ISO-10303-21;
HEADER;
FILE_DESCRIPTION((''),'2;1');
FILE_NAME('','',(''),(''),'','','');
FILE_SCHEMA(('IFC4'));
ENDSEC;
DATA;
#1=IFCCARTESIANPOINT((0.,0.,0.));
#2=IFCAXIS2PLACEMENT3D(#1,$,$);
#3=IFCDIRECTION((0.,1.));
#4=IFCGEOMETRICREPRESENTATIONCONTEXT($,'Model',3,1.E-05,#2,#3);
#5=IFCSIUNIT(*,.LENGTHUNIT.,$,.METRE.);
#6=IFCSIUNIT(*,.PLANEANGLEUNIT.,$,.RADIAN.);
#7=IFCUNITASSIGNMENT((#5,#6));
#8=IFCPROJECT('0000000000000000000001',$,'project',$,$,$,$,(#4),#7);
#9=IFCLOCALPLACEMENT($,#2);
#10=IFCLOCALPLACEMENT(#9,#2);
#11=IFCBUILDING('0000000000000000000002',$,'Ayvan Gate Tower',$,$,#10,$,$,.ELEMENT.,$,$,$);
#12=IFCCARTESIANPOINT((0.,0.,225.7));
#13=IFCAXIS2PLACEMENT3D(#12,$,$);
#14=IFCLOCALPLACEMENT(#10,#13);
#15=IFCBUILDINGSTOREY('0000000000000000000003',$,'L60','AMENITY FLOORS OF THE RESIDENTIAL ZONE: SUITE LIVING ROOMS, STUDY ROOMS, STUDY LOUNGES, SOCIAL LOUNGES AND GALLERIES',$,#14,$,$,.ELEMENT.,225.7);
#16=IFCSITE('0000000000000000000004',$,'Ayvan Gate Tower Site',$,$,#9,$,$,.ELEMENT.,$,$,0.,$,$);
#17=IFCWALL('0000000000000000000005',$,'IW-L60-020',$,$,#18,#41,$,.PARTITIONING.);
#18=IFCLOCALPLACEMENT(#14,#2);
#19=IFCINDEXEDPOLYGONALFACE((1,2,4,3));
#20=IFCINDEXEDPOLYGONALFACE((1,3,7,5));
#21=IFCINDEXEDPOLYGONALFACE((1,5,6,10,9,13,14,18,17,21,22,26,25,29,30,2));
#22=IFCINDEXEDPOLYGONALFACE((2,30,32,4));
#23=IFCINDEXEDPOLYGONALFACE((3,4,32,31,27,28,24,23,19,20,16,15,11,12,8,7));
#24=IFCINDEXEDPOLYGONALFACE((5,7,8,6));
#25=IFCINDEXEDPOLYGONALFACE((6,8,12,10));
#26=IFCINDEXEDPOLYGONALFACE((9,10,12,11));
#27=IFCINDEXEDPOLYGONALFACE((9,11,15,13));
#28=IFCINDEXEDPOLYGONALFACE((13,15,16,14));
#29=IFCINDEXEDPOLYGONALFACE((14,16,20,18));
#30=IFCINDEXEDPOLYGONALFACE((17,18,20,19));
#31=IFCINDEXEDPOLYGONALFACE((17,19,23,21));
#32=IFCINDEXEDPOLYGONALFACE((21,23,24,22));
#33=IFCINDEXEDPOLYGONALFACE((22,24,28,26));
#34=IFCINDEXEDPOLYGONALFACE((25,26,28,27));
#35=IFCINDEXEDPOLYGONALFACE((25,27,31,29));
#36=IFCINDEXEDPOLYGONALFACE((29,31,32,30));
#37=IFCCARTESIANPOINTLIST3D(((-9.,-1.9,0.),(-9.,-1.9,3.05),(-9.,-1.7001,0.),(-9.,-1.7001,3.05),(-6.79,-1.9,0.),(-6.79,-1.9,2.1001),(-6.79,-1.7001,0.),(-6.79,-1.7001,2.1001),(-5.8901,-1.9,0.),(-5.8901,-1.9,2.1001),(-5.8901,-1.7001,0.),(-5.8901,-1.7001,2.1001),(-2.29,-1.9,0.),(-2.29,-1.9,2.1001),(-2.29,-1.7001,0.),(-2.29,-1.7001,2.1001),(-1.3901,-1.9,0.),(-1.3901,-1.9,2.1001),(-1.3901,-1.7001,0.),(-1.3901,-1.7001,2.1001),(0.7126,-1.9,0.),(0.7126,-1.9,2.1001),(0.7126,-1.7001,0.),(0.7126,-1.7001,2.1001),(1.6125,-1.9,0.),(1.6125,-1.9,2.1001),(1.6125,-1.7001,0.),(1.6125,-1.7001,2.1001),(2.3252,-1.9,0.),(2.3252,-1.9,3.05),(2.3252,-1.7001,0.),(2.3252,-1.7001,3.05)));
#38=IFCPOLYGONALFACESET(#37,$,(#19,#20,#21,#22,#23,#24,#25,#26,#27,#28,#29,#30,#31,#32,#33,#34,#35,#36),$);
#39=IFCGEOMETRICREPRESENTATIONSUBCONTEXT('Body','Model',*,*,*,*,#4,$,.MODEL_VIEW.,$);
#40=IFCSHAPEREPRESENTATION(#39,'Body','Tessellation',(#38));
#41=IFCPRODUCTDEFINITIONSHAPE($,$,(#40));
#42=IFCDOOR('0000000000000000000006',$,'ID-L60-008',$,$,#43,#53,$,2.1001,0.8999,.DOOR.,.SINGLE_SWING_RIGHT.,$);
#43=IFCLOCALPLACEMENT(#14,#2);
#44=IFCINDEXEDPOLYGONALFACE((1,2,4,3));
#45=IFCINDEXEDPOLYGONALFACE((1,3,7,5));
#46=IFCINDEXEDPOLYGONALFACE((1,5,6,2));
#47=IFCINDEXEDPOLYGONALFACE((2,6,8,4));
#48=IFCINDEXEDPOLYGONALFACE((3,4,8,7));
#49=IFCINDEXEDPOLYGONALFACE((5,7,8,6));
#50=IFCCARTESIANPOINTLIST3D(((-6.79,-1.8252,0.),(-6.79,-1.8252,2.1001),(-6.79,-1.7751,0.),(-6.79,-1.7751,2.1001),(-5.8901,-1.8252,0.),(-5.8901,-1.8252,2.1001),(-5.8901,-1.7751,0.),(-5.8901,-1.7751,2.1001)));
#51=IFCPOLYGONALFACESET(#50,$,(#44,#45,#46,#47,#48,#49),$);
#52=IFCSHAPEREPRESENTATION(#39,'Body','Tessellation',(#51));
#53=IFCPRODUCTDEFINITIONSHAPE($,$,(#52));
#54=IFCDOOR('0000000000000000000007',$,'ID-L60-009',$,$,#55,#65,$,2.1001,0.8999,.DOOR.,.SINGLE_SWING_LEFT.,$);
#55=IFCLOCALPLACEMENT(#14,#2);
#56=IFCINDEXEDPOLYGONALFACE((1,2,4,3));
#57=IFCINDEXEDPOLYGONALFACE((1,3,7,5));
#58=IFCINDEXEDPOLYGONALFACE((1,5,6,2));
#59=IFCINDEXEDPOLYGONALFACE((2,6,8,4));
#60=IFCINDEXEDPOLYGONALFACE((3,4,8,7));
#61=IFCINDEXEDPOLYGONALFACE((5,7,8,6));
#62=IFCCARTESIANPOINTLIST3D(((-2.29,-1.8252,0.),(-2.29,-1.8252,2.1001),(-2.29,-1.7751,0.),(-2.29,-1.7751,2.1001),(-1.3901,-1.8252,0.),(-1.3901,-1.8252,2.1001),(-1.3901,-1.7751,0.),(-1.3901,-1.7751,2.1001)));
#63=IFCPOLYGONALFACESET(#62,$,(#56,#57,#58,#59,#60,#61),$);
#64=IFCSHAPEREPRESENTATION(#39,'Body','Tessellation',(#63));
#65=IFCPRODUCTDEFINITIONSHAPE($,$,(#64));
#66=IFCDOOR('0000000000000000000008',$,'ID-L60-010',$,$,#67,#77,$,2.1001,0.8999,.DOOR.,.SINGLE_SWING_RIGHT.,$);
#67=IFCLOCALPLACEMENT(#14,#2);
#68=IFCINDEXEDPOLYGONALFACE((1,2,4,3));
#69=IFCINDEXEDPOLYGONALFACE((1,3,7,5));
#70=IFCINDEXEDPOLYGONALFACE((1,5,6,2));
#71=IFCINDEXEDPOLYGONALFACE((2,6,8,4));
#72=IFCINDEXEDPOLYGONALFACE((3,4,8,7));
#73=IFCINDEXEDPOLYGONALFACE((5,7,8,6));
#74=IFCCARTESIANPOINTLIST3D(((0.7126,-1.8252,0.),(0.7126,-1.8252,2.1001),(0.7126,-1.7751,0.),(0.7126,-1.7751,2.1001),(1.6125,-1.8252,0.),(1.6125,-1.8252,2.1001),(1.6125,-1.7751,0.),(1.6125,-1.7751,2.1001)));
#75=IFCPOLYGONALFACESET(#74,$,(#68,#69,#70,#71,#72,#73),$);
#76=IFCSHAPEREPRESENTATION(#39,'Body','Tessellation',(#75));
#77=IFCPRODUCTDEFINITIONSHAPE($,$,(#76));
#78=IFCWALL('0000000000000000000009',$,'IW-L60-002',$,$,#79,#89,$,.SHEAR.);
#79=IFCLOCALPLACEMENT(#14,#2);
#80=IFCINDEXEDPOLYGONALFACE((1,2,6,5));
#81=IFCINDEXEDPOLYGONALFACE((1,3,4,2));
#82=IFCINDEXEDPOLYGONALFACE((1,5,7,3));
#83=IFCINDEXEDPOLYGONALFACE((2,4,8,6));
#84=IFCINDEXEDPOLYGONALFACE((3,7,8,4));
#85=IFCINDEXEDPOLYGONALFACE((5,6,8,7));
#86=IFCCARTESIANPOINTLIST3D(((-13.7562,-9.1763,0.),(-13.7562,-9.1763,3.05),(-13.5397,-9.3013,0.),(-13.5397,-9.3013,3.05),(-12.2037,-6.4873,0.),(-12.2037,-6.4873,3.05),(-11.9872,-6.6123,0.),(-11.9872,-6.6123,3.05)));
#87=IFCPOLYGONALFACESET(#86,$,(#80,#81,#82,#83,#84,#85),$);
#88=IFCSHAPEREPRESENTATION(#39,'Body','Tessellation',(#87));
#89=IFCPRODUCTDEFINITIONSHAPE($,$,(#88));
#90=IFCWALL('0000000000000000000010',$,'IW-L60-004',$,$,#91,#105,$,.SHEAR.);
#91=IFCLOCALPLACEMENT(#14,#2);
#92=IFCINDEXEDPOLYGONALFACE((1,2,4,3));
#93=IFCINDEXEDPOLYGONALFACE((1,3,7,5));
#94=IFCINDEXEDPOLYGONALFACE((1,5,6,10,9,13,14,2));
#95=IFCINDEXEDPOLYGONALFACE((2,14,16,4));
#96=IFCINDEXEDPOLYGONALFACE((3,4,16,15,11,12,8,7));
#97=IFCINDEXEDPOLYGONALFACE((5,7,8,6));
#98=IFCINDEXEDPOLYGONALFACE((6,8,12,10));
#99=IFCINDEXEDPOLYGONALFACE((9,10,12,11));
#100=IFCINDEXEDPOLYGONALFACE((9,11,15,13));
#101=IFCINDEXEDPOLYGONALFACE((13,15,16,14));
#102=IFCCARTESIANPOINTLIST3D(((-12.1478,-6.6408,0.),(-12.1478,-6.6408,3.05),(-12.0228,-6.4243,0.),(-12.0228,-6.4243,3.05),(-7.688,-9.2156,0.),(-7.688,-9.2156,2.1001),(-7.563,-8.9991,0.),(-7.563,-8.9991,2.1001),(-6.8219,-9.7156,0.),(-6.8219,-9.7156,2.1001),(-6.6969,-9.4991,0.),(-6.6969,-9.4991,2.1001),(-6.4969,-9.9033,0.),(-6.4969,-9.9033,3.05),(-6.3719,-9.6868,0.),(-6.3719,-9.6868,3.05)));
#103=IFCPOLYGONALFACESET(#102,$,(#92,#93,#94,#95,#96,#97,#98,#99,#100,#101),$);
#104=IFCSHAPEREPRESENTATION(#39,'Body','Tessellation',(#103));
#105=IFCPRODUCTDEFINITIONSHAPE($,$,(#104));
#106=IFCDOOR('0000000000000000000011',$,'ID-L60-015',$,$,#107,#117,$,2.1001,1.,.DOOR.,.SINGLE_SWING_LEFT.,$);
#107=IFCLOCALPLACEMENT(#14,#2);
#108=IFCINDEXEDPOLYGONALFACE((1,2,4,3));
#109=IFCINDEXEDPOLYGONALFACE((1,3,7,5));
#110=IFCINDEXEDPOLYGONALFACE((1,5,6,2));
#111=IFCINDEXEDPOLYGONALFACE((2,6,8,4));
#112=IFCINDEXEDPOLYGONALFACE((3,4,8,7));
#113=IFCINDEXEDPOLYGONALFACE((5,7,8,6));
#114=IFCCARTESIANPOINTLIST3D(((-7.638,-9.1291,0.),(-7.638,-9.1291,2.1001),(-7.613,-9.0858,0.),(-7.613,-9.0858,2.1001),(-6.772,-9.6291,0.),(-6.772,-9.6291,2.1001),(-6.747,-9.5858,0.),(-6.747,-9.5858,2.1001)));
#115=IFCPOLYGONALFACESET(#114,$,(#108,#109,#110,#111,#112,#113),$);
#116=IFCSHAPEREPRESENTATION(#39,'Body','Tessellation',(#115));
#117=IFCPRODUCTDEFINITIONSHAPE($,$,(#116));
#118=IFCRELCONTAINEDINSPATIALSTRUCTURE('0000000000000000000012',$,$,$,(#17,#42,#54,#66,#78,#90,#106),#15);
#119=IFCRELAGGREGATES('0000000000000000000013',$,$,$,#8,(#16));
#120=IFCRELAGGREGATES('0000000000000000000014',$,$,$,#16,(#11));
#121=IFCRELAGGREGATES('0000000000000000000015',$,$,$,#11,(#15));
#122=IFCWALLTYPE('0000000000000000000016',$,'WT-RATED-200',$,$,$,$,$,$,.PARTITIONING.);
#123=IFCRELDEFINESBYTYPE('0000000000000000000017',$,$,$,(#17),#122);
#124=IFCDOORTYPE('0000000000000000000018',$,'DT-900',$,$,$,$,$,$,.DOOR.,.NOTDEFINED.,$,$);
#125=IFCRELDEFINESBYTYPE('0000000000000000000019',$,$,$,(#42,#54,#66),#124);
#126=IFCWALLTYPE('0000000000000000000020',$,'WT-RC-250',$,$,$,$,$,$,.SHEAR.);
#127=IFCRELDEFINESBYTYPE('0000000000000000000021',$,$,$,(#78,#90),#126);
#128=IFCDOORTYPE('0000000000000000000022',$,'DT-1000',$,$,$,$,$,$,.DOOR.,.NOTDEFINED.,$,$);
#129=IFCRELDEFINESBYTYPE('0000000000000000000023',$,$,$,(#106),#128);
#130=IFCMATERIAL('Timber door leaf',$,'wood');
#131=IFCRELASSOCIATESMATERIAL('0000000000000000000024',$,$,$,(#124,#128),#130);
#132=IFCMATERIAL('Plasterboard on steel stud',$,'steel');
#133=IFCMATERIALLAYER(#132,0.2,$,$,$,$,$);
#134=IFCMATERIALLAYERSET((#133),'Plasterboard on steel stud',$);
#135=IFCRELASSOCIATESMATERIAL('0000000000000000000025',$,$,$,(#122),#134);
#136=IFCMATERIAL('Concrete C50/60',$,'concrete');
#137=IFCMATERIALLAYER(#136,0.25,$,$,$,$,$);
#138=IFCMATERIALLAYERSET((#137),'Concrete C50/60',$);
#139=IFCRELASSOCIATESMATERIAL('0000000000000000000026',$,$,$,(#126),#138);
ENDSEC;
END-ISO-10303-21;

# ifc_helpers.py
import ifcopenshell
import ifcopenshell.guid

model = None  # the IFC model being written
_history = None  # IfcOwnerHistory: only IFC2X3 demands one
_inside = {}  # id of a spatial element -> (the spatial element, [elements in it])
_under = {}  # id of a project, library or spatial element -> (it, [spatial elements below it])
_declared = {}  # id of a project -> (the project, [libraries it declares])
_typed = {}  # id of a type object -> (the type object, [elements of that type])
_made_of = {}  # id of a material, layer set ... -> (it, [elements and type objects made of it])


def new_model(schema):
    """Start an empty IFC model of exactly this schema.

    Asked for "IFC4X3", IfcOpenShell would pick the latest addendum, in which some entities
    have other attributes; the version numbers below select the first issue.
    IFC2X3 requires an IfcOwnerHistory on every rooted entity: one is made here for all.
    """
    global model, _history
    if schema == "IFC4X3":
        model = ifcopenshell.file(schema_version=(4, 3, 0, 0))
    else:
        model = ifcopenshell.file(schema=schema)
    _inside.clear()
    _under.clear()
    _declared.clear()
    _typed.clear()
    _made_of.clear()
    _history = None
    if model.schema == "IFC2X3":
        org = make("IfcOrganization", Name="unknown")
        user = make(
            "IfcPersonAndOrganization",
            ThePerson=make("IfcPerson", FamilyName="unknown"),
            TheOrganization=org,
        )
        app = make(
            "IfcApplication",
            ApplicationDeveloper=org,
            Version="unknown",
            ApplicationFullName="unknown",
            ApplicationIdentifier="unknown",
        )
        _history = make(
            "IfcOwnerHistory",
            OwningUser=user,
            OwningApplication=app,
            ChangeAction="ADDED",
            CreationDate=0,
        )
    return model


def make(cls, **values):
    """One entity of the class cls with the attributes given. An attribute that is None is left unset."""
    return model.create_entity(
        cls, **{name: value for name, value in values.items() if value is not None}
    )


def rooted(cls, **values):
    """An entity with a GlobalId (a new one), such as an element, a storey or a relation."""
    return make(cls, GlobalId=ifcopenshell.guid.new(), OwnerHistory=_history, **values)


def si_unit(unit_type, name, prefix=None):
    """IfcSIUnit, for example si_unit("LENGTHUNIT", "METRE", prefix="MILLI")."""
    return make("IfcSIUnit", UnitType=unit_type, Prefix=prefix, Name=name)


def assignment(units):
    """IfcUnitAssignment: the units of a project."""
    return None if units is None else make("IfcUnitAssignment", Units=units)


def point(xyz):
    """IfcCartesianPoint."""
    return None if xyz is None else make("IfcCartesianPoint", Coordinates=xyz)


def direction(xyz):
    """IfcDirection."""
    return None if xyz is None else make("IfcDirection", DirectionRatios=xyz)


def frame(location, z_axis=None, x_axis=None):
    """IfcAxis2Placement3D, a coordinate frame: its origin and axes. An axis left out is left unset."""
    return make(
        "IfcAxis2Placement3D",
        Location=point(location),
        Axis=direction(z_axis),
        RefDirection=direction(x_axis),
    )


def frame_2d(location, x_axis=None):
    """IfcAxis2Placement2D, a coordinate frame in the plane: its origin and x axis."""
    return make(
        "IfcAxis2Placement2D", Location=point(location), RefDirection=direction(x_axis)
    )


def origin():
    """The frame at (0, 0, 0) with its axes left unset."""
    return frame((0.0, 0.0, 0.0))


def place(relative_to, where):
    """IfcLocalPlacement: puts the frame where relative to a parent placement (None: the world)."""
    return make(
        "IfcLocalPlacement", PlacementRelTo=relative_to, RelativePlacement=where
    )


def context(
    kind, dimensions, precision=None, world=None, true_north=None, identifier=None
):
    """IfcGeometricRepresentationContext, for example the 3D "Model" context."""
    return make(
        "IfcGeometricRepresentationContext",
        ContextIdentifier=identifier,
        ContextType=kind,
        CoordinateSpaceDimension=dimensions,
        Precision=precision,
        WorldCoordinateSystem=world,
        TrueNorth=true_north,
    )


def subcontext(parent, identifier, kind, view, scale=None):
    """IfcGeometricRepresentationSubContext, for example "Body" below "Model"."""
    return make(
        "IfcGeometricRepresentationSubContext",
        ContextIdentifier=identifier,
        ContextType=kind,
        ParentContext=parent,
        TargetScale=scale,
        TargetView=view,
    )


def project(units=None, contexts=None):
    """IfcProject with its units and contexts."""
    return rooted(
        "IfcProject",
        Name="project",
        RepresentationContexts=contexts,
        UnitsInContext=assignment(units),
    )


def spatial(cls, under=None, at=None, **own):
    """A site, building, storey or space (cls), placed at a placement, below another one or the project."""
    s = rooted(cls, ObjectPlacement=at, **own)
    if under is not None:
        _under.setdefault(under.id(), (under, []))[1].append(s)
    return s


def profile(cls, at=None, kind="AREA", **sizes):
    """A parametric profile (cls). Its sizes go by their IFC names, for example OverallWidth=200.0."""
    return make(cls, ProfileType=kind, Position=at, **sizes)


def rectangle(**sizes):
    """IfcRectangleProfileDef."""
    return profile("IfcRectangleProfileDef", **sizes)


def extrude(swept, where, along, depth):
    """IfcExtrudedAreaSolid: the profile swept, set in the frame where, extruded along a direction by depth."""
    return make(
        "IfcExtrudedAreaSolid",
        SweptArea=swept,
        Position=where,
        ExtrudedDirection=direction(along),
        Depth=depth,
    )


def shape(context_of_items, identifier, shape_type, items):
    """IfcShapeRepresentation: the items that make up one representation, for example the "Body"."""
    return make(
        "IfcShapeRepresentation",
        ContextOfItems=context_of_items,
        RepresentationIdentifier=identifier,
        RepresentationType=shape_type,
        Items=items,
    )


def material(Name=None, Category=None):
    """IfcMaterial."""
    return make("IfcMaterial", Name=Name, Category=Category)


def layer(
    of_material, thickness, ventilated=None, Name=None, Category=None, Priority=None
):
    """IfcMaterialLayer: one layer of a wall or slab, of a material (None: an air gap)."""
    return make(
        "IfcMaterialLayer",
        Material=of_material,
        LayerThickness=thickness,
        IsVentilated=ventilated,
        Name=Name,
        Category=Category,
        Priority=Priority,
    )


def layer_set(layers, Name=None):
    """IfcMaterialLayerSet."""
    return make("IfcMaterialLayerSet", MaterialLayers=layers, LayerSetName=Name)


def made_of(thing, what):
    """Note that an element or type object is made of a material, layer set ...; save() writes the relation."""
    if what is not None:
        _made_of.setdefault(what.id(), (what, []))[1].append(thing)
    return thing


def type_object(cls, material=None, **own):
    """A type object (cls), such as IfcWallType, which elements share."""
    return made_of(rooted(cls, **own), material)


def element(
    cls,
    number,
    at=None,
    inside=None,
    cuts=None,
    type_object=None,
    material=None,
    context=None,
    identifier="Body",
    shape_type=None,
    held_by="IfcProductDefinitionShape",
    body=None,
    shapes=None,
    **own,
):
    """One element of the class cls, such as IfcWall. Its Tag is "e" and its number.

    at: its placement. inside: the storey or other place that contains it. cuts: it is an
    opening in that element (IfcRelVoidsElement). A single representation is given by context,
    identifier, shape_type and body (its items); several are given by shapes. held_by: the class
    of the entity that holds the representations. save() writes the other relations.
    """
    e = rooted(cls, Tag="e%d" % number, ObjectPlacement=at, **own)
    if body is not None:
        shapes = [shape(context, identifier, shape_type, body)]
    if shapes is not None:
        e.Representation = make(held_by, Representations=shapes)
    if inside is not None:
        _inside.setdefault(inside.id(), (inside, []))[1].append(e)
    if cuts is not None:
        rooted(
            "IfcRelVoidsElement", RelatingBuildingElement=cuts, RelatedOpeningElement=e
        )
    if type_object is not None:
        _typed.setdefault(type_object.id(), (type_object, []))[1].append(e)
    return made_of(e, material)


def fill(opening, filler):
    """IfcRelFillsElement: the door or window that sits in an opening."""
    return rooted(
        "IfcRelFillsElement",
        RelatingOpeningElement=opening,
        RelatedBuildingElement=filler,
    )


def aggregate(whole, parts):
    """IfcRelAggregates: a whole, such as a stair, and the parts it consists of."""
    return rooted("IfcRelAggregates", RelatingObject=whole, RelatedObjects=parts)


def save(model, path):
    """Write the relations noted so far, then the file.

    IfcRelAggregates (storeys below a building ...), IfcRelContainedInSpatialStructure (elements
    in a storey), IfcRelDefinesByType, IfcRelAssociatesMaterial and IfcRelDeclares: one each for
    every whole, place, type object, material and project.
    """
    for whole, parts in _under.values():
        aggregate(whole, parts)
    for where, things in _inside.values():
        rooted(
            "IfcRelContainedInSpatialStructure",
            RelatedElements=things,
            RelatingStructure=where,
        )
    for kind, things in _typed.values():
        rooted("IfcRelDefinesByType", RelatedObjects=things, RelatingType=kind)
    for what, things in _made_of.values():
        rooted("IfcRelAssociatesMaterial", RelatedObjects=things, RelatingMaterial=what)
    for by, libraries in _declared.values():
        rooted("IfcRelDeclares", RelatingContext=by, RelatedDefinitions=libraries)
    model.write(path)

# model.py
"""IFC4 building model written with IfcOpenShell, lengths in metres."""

from ifc_helpers import new_model, si_unit, direction, frame, frame_2d, origin, place, context, subcontext, project, spatial, rectangle, extrude, material, layer, layer_set, type_object, element, fill, save


model = new_model("IFC4")

# Units and contexts
model_context = context("Model", 3, precision=1e-05, world=origin(), true_north=direction((0.0, 1.0)))
body_context = subcontext(model_context, "Body", "Model", "MODEL_VIEW")
ifc_project = project(units=[si_unit("LENGTHUNIT", "METRE"), si_unit("PLANEANGLEUNIT", "RADIAN")], contexts=[model_context])

# Site, building, storey
site_placement = place(None, origin())
site = spatial("IfcSite", under=ifc_project, at=site_placement, Name="Ayvan Gate Tower Site", CompositionType="ELEMENT", RefElevation=0.0)
building_placement = place(site_placement, origin())
building = spatial("IfcBuilding", under=site, at=building_placement, Name="Ayvan Gate Tower", CompositionType="ELEMENT")
storey_placement = place(building_placement, frame((0.0, 0.0, 225.7)))
storey = spatial("IfcBuildingStorey", under=building, at=storey_placement, Name="L60", Description="AMENITY FLOORS OF THE RESIDENTIAL ZONE: SUITE LIVING ROOMS, STUDY ROOMS, STUDY LOUNGES, SOCIAL LOUNGES AND GALLERIES", CompositionType="ELEMENT", Elevation=225.7)

# Shared definitions
ifc_material_1 = material(Name="Timber door leaf", Category="wood")
door_type_1 = type_object("IfcDoorType", Name="DT-900", OperationType="NOTDEFINED", PredefinedType="DOOR", material=ifc_material_1)
ifc_material_2 = material(Name="Plasterboard on steel stud", Category="steel")
door_type_2 = type_object("IfcDoorType", Name="DT-1000", OperationType="NOTDEFINED", PredefinedType="DOOR", material=ifc_material_1)

# Shared definitions
ifc_layer_1 = layer(ifc_material_2, 0.2)
ifc_layer_set_1 = layer_set([ifc_layer_1], Name="Plasterboard on steel stud")
wall_type_1 = type_object("IfcWallType", Name="WT-RATED-200", PredefinedType="PARTITIONING", material=ifc_layer_set_1)

# Wall, openings, doors
wall_1_placement = place(storey_placement, frame((-9.0, -1.8, 0.0), z_axis=(0.0, 0.0, 1.0), x_axis=(1.0, 0.0, 0.0)))
wall_1 = element("IfcWall", 1, at=wall_1_placement, inside=storey, type_object=wall_type_1, Name="IW-L60-020", PredefinedType="PARTITIONING", context=body_context, shape_type="SweptSolid", body=[
    extrude(rectangle(XDim=11.3252, YDim=0.2, at=frame_2d((5.6626, 0.0))), origin(), (0.0, 0.0, 1.0), 3.05),
])
opening_1_placement = place(wall_1_placement, frame((2.21, 0.0, 0.0)))
opening_1 = element("IfcOpeningElement", 2, at=opening_1_placement, cuts=wall_1, PredefinedType="OPENING", context=body_context, shape_type="SweptSolid", body=[
    extrude(rectangle(XDim=0.8999, YDim=2.1001, at=frame_2d((0.45, 1.05))), frame((0.0, 0.1099, 0.0), z_axis=(0.0, -1.0, 0.0), x_axis=(1.0, 0.0, 0.0)), (0.0, 0.0, 1.0), 0.22),
])
opening_2_placement = place(wall_1_placement, frame((6.71, 0.0, 0.0)))
opening_2 = element("IfcOpeningElement", 3, at=opening_2_placement, cuts=wall_1, PredefinedType="OPENING", context=body_context, shape_type="SweptSolid", body=[
    extrude(rectangle(XDim=0.8999, YDim=2.1001, at=frame_2d((0.45, 1.05))), frame((0.0, 0.1099, 0.0), z_axis=(0.0, -1.0, 0.0), x_axis=(1.0, 0.0, 0.0)), (0.0, 0.0, 1.0), 0.22),
])
opening_3_placement = place(wall_1_placement, frame((9.7126, 0.0, 0.0)))
opening_3 = element("IfcOpeningElement", 4, at=opening_3_placement, cuts=wall_1, PredefinedType="OPENING", context=body_context, shape_type="SweptSolid", body=[
    extrude(rectangle(XDim=0.8999, YDim=2.1001, at=frame_2d((0.45, 1.05))), frame((0.0, 0.1099, 0.0), z_axis=(0.0, -1.0, 0.0), x_axis=(1.0, 0.0, 0.0)), (0.0, 0.0, 1.0), 0.22),
])
door_1_placement = place(opening_1_placement, origin())
door_1 = element("IfcDoor", 5, at=door_1_placement, inside=storey, type_object=door_type_1, Name="ID-L60-008", OperationType="SINGLE_SWING_RIGHT", OverallHeight=2.1001, OverallWidth=0.8999, PredefinedType="DOOR", context=body_context, shape_type="SweptSolid", body=[
    extrude(rectangle(XDim=0.8999, YDim=2.1001, at=frame_2d((0.45, 1.05))), frame((0.0, 0.0249, 0.0), z_axis=(0.0, -1.0, 0.0), x_axis=(1.0, 0.0, 0.0)), (0.0, 0.0, 1.0), 0.05),
])
fill(opening_1, door_1)
door_2_placement = place(opening_2_placement, origin())
door_2 = element("IfcDoor", 6, at=door_2_placement, inside=storey, type_object=door_type_1, Name="ID-L60-009", OperationType="SINGLE_SWING_LEFT", OverallHeight=2.1001, OverallWidth=0.8999, PredefinedType="DOOR", context=body_context, shape_type="SweptSolid", body=[
    extrude(rectangle(XDim=0.8999, YDim=2.1001, at=frame_2d((0.45, 1.05))), frame((0.0, 0.0249, 0.0), z_axis=(0.0, -1.0, 0.0), x_axis=(1.0, 0.0, 0.0)), (0.0, 0.0, 1.0), 0.05),
])
fill(opening_2, door_2)
door_3_placement = place(opening_3_placement, origin())
door_3 = element("IfcDoor", 7, at=door_3_placement, inside=storey, type_object=door_type_1, Name="ID-L60-010", OperationType="SINGLE_SWING_RIGHT", OverallHeight=2.1001, OverallWidth=0.8999, PredefinedType="DOOR", context=body_context, shape_type="SweptSolid", body=[
    extrude(rectangle(XDim=0.8999, YDim=2.1001, at=frame_2d((0.45, 1.05))), frame((0.0, 0.0249, 0.0), z_axis=(0.0, -1.0, 0.0), x_axis=(1.0, 0.0, 0.0)), (0.0, 0.0, 1.0), 0.05),
])
fill(opening_3, door_3)

# Wall
ifc_material_3 = material(Name="Concrete C50/60", Category="concrete")
ifc_layer_2 = layer(ifc_material_3, 0.25)
ifc_layer_set_2 = layer_set([ifc_layer_2], Name="Concrete C50/60")
wall_type_2 = type_object("IfcWallType", Name="WT-RC-250", PredefinedType="SHEAR", material=ifc_layer_set_2)
wall_2_placement = place(storey_placement, frame((-13.6479, -9.2388, 0.0), z_axis=(0.0, 0.0, 1.0), x_axis=(0.500004, 0.866023, 0.0)))
element("IfcWall", 8, at=wall_2_placement, inside=storey, type_object=wall_type_2, Name="IW-L60-002", PredefinedType="SHEAR", context=body_context, shape_type="SweptSolid", body=[
    extrude(rectangle(XDim=3.105, YDim=0.25, at=frame_2d((1.5525, 0.0))), origin(), (0.0, 0.0, 1.0), 3.05),
])

# Wall, opening, door
wall_3_placement = place(storey_placement, frame((-12.0854, -6.5325, 0.0), z_axis=(0.0, 0.0, 1.0), x_axis=(0.866031, -0.49999, 0.0)))
wall_3 = element("IfcWall", 9, at=wall_3_placement, inside=storey, type_object=wall_type_2, Name="IW-L60-004", PredefinedType="SHEAR", context=body_context, shape_type="SweptSolid", body=[
    extrude(rectangle(XDim=6.5251, YDim=0.25, at=frame_2d((3.2627, 0.0))), origin(), (0.0, 0.0, 1.0), 3.05),
])
opening_4_placement = place(wall_3_placement, frame((5.1499, 0.0, 0.0)))
opening_4 = element("IfcOpeningElement", 10, at=opening_4_placement, cuts=wall_3, PredefinedType="OPENING", context=body_context, shape_type="SweptSolid", body=[
    extrude(rectangle(XDim=1.0, YDim=2.1001, at=frame_2d((0.5, 1.05))), frame((0.0, 0.135, 0.0), z_axis=(0.0, -1.0, 0.0), x_axis=(1.0, 0.0, 0.0)), (0.0, 0.0, 1.0), 0.27),
])
door_4_placement = place(opening_4_placement, origin())
door_4 = element("IfcDoor", 11, at=door_4_placement, inside=storey, type_object=door_type_2, Name="ID-L60-015", OperationType="SINGLE_SWING_LEFT", OverallHeight=2.1001, OverallWidth=1.0, PredefinedType="DOOR", context=body_context, shape_type="SweptSolid", body=[
    extrude(rectangle(XDim=1.0, YDim=2.1001, at=frame_2d((0.5, 1.05))), frame((0.0, 0.0249, 0.0), z_axis=(0.0, -1.0, 0.0), x_axis=(1.0, 0.0, 0.0)), (0.0, 0.0, 1.0), 0.05),
])
fill(opening_4, door_4)

save(model, "model.ifc")
